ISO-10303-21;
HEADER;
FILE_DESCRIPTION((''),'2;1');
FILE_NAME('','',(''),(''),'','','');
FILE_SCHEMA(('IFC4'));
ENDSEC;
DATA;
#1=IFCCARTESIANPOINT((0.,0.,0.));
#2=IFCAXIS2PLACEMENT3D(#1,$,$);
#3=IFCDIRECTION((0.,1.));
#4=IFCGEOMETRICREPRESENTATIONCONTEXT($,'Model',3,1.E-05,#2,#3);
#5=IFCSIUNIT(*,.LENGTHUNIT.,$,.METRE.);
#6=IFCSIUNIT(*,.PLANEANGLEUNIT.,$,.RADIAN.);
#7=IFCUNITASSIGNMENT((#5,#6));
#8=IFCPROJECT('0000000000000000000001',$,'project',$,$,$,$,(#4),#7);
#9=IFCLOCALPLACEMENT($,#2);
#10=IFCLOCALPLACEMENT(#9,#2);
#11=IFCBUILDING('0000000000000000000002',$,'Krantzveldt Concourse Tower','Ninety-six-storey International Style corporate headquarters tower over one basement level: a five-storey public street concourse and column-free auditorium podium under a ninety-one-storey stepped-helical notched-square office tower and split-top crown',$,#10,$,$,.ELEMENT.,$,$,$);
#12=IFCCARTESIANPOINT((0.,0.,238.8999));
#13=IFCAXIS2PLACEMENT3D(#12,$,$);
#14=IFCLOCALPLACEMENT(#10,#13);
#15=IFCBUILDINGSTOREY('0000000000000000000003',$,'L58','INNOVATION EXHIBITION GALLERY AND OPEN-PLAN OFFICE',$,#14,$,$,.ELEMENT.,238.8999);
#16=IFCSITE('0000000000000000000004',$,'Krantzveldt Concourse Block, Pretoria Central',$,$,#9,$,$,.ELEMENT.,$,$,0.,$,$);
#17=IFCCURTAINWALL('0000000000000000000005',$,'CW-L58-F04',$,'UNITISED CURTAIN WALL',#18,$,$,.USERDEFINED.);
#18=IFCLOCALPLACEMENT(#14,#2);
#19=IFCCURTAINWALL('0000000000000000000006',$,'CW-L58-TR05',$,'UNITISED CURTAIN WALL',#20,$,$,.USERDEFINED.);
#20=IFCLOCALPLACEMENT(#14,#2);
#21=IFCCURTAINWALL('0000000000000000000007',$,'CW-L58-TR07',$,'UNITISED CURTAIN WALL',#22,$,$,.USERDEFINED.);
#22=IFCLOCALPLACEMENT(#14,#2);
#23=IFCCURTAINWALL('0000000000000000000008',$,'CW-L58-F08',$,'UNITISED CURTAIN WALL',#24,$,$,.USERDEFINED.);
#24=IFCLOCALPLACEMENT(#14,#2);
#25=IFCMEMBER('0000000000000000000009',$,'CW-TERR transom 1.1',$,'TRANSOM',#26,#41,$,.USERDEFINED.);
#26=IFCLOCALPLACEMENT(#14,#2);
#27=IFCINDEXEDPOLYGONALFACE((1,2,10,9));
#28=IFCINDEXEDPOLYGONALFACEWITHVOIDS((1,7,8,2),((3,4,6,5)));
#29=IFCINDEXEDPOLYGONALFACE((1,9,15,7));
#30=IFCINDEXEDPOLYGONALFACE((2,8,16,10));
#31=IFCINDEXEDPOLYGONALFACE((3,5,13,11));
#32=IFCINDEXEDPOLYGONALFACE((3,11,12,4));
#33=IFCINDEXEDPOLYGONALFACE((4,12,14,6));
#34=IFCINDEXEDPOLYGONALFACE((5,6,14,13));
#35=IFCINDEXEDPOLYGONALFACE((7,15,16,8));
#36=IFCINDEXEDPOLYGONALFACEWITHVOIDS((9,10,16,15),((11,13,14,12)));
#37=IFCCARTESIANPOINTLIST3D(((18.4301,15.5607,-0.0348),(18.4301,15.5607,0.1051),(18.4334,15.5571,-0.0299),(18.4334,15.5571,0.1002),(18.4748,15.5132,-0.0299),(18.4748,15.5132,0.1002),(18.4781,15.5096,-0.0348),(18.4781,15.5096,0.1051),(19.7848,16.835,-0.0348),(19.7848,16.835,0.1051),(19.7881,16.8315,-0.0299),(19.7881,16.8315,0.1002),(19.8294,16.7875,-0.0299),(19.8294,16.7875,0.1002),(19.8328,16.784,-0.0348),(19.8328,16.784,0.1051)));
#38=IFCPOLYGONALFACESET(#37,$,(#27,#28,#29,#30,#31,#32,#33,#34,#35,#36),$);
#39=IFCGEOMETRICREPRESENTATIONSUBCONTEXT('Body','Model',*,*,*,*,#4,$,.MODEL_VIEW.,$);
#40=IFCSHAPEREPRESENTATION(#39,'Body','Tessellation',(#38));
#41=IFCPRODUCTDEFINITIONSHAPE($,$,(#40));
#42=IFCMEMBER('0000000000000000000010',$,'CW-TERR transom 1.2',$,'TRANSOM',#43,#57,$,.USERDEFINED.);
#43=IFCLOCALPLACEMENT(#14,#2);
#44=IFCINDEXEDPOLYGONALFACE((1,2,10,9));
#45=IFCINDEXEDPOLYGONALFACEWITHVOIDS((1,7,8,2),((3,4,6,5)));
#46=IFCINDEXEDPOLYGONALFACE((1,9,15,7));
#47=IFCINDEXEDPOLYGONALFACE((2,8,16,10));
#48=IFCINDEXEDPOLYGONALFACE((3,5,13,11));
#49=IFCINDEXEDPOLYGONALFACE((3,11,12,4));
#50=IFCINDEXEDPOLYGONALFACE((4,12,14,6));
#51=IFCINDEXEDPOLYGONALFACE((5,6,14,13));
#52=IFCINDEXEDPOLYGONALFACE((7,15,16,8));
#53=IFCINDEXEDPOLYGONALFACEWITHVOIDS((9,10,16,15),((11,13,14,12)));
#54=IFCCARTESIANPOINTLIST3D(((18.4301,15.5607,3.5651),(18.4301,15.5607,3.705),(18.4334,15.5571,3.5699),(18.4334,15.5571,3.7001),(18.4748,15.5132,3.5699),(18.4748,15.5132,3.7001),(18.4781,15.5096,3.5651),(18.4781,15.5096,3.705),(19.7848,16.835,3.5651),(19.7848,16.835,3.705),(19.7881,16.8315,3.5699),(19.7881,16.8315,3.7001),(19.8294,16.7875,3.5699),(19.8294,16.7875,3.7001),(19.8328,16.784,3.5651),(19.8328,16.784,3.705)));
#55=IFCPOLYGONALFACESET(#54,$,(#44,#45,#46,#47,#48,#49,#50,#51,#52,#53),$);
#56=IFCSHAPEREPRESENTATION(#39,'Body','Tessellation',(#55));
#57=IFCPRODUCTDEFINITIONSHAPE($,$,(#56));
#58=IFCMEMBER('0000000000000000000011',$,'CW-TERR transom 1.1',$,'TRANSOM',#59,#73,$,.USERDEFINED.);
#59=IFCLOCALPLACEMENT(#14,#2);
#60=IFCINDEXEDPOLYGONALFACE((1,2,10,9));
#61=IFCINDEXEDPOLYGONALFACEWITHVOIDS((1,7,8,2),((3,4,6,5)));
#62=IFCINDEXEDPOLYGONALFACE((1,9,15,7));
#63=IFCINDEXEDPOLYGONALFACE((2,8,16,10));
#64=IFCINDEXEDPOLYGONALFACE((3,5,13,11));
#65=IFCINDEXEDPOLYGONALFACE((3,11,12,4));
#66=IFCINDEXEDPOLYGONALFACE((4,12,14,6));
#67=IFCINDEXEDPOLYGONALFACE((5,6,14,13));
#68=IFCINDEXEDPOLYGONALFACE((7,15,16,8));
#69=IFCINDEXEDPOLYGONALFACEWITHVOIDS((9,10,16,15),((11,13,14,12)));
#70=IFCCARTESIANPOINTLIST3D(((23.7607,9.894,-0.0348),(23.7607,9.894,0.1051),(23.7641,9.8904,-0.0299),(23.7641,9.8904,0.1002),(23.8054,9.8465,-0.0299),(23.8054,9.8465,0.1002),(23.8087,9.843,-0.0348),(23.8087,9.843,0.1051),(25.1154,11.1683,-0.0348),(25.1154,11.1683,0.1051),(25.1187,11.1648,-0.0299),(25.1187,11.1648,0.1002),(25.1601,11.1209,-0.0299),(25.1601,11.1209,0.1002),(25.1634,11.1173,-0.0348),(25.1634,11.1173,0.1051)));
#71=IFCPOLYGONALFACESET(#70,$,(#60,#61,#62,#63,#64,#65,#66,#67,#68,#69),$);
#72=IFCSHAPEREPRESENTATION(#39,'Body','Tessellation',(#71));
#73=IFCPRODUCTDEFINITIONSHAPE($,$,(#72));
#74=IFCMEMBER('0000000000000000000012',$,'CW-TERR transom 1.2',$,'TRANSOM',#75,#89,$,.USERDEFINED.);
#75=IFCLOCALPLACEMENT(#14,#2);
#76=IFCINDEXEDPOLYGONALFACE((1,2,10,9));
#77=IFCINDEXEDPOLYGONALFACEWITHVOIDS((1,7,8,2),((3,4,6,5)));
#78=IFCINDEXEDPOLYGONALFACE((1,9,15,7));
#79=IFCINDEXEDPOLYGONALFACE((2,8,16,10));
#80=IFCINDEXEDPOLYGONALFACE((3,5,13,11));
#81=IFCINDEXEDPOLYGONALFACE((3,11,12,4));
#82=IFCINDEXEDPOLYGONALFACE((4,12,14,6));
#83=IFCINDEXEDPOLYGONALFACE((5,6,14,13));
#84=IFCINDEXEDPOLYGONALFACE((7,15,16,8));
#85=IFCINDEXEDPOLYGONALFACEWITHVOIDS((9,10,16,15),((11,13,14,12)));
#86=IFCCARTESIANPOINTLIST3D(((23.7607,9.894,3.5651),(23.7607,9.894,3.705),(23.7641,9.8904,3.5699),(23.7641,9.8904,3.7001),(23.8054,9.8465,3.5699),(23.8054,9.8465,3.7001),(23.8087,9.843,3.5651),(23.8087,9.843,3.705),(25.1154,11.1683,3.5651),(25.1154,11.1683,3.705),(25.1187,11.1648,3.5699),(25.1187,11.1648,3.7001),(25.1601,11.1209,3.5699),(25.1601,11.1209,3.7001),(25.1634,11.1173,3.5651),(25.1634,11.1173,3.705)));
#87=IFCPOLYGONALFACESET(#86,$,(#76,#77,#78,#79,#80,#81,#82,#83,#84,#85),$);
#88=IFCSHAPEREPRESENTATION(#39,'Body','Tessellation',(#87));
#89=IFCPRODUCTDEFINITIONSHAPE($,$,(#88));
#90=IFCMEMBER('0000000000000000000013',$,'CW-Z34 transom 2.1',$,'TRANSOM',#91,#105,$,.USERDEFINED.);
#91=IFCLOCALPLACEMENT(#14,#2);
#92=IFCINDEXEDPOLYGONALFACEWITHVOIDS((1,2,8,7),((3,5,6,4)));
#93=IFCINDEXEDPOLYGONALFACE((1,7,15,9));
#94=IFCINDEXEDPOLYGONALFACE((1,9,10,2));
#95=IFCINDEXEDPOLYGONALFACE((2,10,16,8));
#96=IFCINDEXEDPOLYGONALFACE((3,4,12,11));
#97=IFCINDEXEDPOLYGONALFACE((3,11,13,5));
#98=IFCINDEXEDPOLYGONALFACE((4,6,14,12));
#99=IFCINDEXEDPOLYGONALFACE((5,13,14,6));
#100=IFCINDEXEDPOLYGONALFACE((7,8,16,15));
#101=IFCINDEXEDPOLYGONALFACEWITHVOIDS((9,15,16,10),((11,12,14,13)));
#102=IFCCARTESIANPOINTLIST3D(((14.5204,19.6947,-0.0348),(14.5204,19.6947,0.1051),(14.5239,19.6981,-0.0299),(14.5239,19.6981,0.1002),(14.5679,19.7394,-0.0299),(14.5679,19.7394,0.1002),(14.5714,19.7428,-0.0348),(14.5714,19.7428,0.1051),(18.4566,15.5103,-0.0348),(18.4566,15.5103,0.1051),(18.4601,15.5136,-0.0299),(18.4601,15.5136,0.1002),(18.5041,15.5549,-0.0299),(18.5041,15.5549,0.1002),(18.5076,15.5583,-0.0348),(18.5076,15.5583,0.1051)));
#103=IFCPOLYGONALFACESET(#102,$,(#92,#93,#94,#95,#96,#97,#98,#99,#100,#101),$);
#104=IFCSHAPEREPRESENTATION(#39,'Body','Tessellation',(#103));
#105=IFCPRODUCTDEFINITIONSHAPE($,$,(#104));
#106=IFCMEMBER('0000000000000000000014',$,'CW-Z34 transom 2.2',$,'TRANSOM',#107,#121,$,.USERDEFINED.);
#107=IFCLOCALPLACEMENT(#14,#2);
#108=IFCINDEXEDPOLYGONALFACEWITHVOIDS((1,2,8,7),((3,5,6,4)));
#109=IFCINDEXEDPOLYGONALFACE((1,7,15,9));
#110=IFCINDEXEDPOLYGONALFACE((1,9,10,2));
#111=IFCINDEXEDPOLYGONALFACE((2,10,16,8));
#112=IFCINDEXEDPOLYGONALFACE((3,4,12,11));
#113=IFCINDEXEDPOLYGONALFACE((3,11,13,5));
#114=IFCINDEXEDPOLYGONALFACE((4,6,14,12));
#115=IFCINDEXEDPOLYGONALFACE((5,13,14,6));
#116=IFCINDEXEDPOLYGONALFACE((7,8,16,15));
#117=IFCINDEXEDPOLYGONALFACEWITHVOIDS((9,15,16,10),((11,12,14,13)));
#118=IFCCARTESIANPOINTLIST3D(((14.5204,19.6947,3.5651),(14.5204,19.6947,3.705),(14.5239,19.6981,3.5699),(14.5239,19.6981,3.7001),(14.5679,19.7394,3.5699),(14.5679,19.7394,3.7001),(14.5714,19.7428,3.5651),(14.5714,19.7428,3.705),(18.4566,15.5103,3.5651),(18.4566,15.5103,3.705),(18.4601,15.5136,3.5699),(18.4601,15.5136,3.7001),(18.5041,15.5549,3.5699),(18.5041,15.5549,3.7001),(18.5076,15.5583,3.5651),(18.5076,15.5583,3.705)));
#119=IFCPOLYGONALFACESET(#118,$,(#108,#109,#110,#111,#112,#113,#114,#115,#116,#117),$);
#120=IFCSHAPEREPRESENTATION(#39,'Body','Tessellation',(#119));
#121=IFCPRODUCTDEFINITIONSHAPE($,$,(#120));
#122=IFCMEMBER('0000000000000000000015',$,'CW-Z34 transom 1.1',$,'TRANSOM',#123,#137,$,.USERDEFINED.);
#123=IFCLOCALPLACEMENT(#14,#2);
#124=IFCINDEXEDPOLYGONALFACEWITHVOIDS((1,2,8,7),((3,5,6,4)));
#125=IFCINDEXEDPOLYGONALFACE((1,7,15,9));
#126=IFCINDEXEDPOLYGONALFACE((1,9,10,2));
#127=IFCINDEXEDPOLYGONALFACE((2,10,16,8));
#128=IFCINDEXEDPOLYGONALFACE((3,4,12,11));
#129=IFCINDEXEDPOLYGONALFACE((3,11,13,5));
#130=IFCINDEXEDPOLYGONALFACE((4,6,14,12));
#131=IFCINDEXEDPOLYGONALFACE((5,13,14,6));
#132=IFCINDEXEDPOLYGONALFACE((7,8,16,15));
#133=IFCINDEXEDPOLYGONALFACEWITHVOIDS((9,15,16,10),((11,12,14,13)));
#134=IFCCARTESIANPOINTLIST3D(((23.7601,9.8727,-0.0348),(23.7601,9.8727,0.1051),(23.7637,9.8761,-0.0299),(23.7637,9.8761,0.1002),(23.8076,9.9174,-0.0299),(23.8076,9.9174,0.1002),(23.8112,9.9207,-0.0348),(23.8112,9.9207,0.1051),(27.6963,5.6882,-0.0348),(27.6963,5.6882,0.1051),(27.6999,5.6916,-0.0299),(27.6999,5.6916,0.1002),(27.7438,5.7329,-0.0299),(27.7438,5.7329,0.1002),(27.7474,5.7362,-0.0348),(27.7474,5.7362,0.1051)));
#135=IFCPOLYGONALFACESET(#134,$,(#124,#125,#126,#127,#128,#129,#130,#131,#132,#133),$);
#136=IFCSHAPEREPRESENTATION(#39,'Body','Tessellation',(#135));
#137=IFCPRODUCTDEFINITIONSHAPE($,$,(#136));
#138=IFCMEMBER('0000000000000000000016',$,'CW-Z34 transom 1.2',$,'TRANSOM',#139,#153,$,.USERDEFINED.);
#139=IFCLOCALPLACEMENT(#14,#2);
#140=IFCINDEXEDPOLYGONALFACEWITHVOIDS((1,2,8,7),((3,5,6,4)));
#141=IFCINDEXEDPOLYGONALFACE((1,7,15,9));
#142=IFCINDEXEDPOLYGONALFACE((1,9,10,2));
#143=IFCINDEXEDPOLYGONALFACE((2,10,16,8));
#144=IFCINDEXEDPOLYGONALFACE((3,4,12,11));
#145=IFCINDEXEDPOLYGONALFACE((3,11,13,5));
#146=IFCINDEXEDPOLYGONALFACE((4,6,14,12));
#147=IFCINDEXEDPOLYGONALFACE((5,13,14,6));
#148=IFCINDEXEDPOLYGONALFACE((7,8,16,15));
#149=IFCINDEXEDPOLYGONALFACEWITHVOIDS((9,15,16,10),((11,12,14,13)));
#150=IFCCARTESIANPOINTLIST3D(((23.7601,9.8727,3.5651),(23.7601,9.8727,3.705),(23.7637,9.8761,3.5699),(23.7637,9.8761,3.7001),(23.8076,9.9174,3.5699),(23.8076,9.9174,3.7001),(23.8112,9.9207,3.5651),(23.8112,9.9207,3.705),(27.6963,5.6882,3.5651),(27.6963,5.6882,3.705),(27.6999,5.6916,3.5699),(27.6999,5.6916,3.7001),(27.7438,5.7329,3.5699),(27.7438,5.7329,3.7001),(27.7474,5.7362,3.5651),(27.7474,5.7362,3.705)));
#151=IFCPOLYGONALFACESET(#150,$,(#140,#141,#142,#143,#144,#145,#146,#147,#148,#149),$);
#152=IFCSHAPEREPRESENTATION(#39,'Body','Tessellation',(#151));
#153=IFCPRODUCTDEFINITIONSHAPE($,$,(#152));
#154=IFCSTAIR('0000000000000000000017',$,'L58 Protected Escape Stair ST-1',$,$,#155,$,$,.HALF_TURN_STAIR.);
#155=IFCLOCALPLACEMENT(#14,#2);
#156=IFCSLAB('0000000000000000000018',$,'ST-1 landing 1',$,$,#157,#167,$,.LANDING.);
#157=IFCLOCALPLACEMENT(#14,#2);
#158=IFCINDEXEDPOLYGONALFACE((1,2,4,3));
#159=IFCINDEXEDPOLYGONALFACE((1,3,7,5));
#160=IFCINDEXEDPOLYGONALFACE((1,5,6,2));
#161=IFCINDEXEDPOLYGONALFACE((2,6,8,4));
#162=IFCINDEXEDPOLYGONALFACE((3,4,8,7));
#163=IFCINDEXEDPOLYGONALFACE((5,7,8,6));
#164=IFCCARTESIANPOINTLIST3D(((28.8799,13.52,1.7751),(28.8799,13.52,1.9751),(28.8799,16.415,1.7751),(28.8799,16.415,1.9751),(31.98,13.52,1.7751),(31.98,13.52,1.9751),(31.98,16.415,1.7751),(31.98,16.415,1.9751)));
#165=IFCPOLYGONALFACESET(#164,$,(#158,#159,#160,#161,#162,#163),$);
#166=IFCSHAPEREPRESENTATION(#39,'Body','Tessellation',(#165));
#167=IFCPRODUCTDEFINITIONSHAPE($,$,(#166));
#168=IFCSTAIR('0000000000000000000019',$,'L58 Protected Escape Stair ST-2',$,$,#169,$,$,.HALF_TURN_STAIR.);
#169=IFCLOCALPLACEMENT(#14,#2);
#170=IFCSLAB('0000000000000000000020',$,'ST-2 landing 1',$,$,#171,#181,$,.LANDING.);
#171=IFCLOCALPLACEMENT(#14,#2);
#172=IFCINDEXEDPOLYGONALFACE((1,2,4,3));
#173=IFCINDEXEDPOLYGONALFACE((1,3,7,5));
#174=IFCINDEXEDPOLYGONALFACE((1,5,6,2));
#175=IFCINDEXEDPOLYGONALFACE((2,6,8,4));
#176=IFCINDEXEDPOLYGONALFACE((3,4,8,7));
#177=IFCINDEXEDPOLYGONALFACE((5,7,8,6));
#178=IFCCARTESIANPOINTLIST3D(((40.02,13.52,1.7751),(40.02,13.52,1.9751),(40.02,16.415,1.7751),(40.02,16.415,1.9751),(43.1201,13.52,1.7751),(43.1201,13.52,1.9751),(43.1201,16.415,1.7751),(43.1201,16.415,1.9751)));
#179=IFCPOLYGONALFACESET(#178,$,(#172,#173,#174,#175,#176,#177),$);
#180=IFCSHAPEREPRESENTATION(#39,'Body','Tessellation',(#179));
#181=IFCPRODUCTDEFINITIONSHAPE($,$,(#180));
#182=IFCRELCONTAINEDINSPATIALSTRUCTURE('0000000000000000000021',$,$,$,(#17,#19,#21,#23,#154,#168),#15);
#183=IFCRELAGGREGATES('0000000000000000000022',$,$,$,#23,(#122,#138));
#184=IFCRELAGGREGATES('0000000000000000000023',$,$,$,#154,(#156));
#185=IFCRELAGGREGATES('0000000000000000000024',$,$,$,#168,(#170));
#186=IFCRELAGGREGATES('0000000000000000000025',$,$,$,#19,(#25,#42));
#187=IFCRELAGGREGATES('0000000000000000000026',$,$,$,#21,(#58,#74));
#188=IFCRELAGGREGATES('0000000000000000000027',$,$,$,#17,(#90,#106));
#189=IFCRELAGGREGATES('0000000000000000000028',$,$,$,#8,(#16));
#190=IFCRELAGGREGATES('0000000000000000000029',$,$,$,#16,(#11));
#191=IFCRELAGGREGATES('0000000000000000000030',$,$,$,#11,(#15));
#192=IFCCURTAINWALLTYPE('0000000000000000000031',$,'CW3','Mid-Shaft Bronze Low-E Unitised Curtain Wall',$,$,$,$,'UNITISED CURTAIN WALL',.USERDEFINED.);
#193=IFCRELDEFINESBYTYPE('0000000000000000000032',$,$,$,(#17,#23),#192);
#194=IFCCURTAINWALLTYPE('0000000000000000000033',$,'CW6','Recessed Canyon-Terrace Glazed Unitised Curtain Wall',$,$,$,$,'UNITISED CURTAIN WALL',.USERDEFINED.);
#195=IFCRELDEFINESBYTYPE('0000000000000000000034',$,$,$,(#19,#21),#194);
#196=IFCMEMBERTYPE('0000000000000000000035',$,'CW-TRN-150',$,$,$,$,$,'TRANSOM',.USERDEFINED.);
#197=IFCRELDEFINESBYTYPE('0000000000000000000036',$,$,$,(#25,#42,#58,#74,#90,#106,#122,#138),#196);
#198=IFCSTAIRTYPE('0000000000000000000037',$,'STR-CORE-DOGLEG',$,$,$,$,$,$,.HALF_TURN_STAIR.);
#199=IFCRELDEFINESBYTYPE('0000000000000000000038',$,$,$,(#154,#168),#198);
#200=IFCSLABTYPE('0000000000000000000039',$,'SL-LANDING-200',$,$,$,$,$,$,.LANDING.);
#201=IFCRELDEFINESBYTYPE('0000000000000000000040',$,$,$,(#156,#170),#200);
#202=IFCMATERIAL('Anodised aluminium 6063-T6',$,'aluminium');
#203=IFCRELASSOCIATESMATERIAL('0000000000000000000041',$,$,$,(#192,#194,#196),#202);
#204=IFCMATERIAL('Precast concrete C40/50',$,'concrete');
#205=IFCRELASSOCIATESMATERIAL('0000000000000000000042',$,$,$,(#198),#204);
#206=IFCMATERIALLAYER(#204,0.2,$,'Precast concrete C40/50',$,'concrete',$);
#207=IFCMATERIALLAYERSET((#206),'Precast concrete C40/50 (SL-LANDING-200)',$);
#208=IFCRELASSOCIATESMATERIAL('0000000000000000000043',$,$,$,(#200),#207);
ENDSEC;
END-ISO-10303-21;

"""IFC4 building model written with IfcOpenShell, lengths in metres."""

from ifc_helpers import new_model, si_unit, direction, frame, origin, origin_2d, place, context, subcontext, project, spatial, polyline, hollow_rectangle, outline, extrude, source, transform, mapped, material, layer, layer_set, material_profile, profile_set, type_object, type_shapes, element, aggregate, save


model = new_model("IFC4")

# Units and contexts
model_context = context("Model", 3, precision=1e-05, world=origin(), true_north=direction((0.0, 1.0)))
body_context = subcontext(model_context, "Body", "Model", "MODEL_VIEW")
ifc_project = project(units=[si_unit("LENGTHUNIT", "METRE"), si_unit("PLANEANGLEUNIT", "RADIAN")], contexts=[model_context])

# Site, building, storey
site_placement = place(None, origin())
site = spatial("IfcSite", under=ifc_project, at=site_placement, Name="Krantzveldt Concourse Block, Pretoria Central", CompositionType="ELEMENT", RefElevation=0.0)
building_placement = place(site_placement, origin())
building = spatial("IfcBuilding", under=site, at=building_placement, Name="Krantzveldt Concourse Tower", Description="Ninety-six-storey International Style corporate headquarters tower over one basement level: a five-storey public street concourse and column-free auditorium podium under a ninety-one-storey stepped-helical notched-square office tower and split-top crown", CompositionType="ELEMENT")
storey_placement = place(building_placement, frame((0.0, 0.0, 238.8999)))
storey = spatial("IfcBuildingStorey", under=building, at=storey_placement, Name="L58", Description="INNOVATION EXHIBITION GALLERY AND OPEN-PLAN OFFICE", CompositionType="ELEMENT", Elevation=238.8999)

# Curtain walls
ifc_material_1 = material(Name="Anodised aluminium 6063-T6", Category="aluminium")
curtain_wall_type_1 = type_object("IfcCurtainWallType", Name="CW3", Description="Mid-Shaft Bronze Low-E Unitised Curtain Wall", ElementType="UNITISED CURTAIN WALL", PredefinedType="USERDEFINED", material=ifc_material_1)
curtain_wall_1_placement = place(storey_placement, origin())
curtain_wall_1 = element("IfcCurtainWall", 1, at=curtain_wall_1_placement, inside=storey, type_object=curtain_wall_type_1, Name="CW-L58-F04", ObjectType="UNITISED CURTAIN WALL", PredefinedType="USERDEFINED")
curtain_wall_type_2 = type_object("IfcCurtainWallType", Name="CW6", Description="Recessed Canyon-Terrace Glazed Unitised Curtain Wall", ElementType="UNITISED CURTAIN WALL", PredefinedType="USERDEFINED", material=ifc_material_1)
curtain_wall_2_placement = place(storey_placement, origin())
curtain_wall_2 = element("IfcCurtainWall", 2, at=curtain_wall_2_placement, inside=storey, type_object=curtain_wall_type_2, Name="CW-L58-TR05", ObjectType="UNITISED CURTAIN WALL", PredefinedType="USERDEFINED")
curtain_wall_3_placement = place(storey_placement, origin())
curtain_wall_3 = element("IfcCurtainWall", 3, at=curtain_wall_3_placement, inside=storey, type_object=curtain_wall_type_2, Name="CW-L58-TR07", ObjectType="UNITISED CURTAIN WALL", PredefinedType="USERDEFINED")

# Curtain wall
curtain_wall_4_placement = place(storey_placement, origin())
curtain_wall_4 = element("IfcCurtainWall", 4, at=curtain_wall_4_placement, inside=storey, type_object=curtain_wall_type_1, Name="CW-L58-F08", ObjectType="UNITISED CURTAIN WALL", PredefinedType="USERDEFINED")

# Members
ifc_material_profile_1 = material_profile(ifc_material_1, hollow_rectangle(XDim=0.0701, YDim=0.1399, WallThickness=0.0049, at=origin_2d()), Name="Anodised aluminium 6063-T6", Category="aluminium")
ifc_profile_set_1 = profile_set([ifc_material_profile_1], Name="Anodised aluminium 6063-T6 - ALU-TRAN 140x70x5")
member_type_1 = type_object("IfcMemberType", Name="CW-TRN-150", ElementType="TRANSOM", PredefinedType="USERDEFINED", material=ifc_profile_set_1)
shared_shape_1 = source(origin(), body_context, "Body", "SweptSolid", [
    extrude(hollow_rectangle(XDim=0.0701, YDim=0.1399, WallThickness=0.0049, at=origin_2d()), origin(), (0.0, 0.0, 1.0), 1.8599),
])
member_1_placement = place(storey_placement, frame((18.4541, 15.5352, 0.0352), z_axis=(0.72837, 0.685185, 0.0), x_axis=(-0.685185, 0.72837, 0.0)))
member_1 = element("IfcMember", 5, at=member_1_placement, type_object=member_type_1, Name="CW-TERR transom 1.1", ObjectType="TRANSOM", PredefinedType="USERDEFINED", context=body_context, shape_type="MappedRepresentation", body=[
    mapped(shared_shape_1, transform((0.0, 0.0, 0.0), x_axis=(1.0, 0.0, 0.0), y_axis=(0.0, 1.0, 0.0), z_axis=(0.0, 0.0, 1.0), scale=1.0)),
])
member_2_placement = place(storey_placement, frame((18.4541, 15.5352, 3.635), z_axis=(0.72837, 0.685185, 0.0), x_axis=(-0.685185, 0.72837, 0.0)))
member_2 = element("IfcMember", 6, at=member_2_placement, type_object=member_type_1, Name="CW-TERR transom 1.2", ObjectType="TRANSOM", PredefinedType="USERDEFINED", context=body_context, shape_type="MappedRepresentation", body=[
    mapped(shared_shape_1, transform((0.0, 0.0, 0.0), x_axis=(1.0, 0.0, 0.0), y_axis=(0.0, 1.0, 0.0), z_axis=(0.0, 0.0, 1.0), scale=1.0)),
])
member_3_placement = place(storey_placement, frame((25.1394, 11.1428, 0.0352), z_axis=(-0.72837, -0.685185, 0.0), x_axis=(0.685185, -0.72837, 0.0)))
member_3 = element("IfcMember", 7, at=member_3_placement, type_object=member_type_1, Name="CW-TERR transom 1.1", ObjectType="TRANSOM", PredefinedType="USERDEFINED", context=body_context, shape_type="MappedRepresentation", body=[
    mapped(shared_shape_1, transform((0.0, 0.0, 0.0), x_axis=(1.0, 0.0, 0.0), y_axis=(0.0, 1.0, 0.0), z_axis=(0.0, 0.0, 1.0), scale=1.0)),
])
member_4_placement = place(storey_placement, frame((25.1394, 11.1428, 3.635), z_axis=(-0.72837, -0.685185, 0.0), x_axis=(0.685185, -0.72837, 0.0)))
member_4 = element("IfcMember", 8, at=member_4_placement, type_object=member_type_1, Name="CW-TERR transom 1.2", ObjectType="TRANSOM", PredefinedType="USERDEFINED", context=body_context, shape_type="MappedRepresentation", body=[
    mapped(shared_shape_1, transform((0.0, 0.0, 0.0), x_axis=(1.0, 0.0, 0.0), y_axis=(0.0, 1.0, 0.0), z_axis=(0.0, 0.0, 1.0), scale=1.0)),
])
shared_shape_2 = source(origin(), body_context, "Body", "SweptSolid", [
    extrude(hollow_rectangle(XDim=0.0701, YDim=0.1399, WallThickness=0.0049, at=origin_2d()), origin(), (0.0, 0.0, 1.0), 5.7449),
])
type_shapes(member_type_1, [shared_shape_1, shared_shape_2])
member_5_placement = place(storey_placement, frame((14.5459, 19.7188, 0.0352), z_axis=(0.685167, -0.728386, 0.0), x_axis=(0.728386, 0.685167, 0.0)))
member_5 = element("IfcMember", 9, at=member_5_placement, type_object=member_type_1, Name="CW-Z34 transom 2.1", ObjectType="TRANSOM", PredefinedType="USERDEFINED", context=body_context, shape_type="MappedRepresentation", body=[
    mapped(shared_shape_2, transform((0.0, 0.0, 0.0), x_axis=(1.0, 0.0, 0.0), y_axis=(0.0, 1.0, 0.0), z_axis=(0.0, 0.0, 1.0), scale=1.0)),
])
member_6_placement = place(storey_placement, frame((14.5459, 19.7188, 3.635), z_axis=(0.685167, -0.728386, 0.0), x_axis=(0.728386, 0.685167, 0.0)))
member_6 = element("IfcMember", 10, at=member_6_placement, type_object=member_type_1, Name="CW-Z34 transom 2.2", ObjectType="TRANSOM", PredefinedType="USERDEFINED", context=body_context, shape_type="MappedRepresentation", body=[
    mapped(shared_shape_2, transform((0.0, 0.0, 0.0), x_axis=(1.0, 0.0, 0.0), y_axis=(0.0, 1.0, 0.0), z_axis=(0.0, 0.0, 1.0), scale=1.0)),
])
member_7_placement = place(storey_placement, frame((23.7856, 9.8967, 0.0352), z_axis=(0.685167, -0.728386, 0.0), x_axis=(0.728386, 0.685167, 0.0)))
member_7 = element("IfcMember", 11, at=member_7_placement, type_object=member_type_1, Name="CW-Z34 transom 1.1", ObjectType="TRANSOM", PredefinedType="USERDEFINED", context=body_context, shape_type="MappedRepresentation", body=[
    mapped(shared_shape_2, transform((0.0, 0.0, 0.0), x_axis=(1.0, 0.0, 0.0), y_axis=(0.0, 1.0, 0.0), z_axis=(0.0, 0.0, 1.0), scale=1.0)),
])
member_8_placement = place(storey_placement, frame((23.7856, 9.8967, 3.635), z_axis=(0.685167, -0.728386, 0.0), x_axis=(0.728386, 0.685167, 0.0)))
member_8 = element("IfcMember", 12, at=member_8_placement, type_object=member_type_1, Name="CW-Z34 transom 1.2", ObjectType="TRANSOM", PredefinedType="USERDEFINED", context=body_context, shape_type="MappedRepresentation", body=[
    mapped(shared_shape_2, transform((0.0, 0.0, 0.0), x_axis=(1.0, 0.0, 0.0), y_axis=(0.0, 1.0, 0.0), z_axis=(0.0, 0.0, 1.0), scale=1.0)),
])
aggregate(curtain_wall_4, [member_7, member_8])

# Stairs, slabs
ifc_material_2 = material(Name="Precast concrete C40/50", Category="concrete")
stair_type = type_object("IfcStairType", Name="STR-CORE-DOGLEG", PredefinedType="HALF_TURN_STAIR", material=ifc_material_2)
stair_1_placement = place(storey_placement, origin())
stair_1 = element("IfcStair", 13, at=stair_1_placement, inside=storey, type_object=stair_type, Name="L58 Protected Escape Stair ST-1", PredefinedType="HALF_TURN_STAIR")
ifc_layer_1 = layer(ifc_material_2, 0.2, Name="Precast concrete C40/50", Category="concrete")
ifc_layer_set_1 = layer_set([ifc_layer_1], Name="Precast concrete C40/50 (SL-LANDING-200)")
slab_type_1 = type_object("IfcSlabType", Name="SL-LANDING-200", PredefinedType="LANDING", material=ifc_layer_set_1)
slab_1_placement = place(storey_placement, frame((0.0, 0.0, 1.7751)))
slab_1 = element("IfcSlab", 14, at=slab_1_placement, type_object=slab_type_1, Name="ST-1 landing 1", PredefinedType="LANDING", context=body_context, shape_type="SweptSolid", body=[
    extrude(outline(polyline([(28.8799, 16.415), (28.8799, 13.52), (31.98, 13.52), (31.98, 16.415), (28.8799, 16.415)])), origin(), (0.0, 0.0, 1.0), 0.2),
])
aggregate(stair_1, [slab_1])
stair_2_placement = place(storey_placement, origin())
stair_2 = element("IfcStair", 15, at=stair_2_placement, inside=storey, type_object=stair_type, Name="L58 Protected Escape Stair ST-2", PredefinedType="HALF_TURN_STAIR")
slab_2_placement = place(storey_placement, frame((0.0, 0.0, 1.7751)))
slab_2 = element("IfcSlab", 16, at=slab_2_placement, type_object=slab_type_1, Name="ST-2 landing 1", PredefinedType="LANDING", context=body_context, shape_type="SweptSolid", body=[
    extrude(outline(polyline([(40.02, 16.415), (40.02, 13.52), (43.1201, 13.52), (43.1201, 16.415), (40.02, 16.415)])), origin(), (0.0, 0.0, 1.0), 0.2),
])
aggregate(stair_2, [slab_2])

aggregate(curtain_wall_2, [member_1, member_2])
aggregate(curtain_wall_3, [member_3, member_4])
aggregate(curtain_wall_1, [member_5, member_6])

save(model, "model.ifc")
